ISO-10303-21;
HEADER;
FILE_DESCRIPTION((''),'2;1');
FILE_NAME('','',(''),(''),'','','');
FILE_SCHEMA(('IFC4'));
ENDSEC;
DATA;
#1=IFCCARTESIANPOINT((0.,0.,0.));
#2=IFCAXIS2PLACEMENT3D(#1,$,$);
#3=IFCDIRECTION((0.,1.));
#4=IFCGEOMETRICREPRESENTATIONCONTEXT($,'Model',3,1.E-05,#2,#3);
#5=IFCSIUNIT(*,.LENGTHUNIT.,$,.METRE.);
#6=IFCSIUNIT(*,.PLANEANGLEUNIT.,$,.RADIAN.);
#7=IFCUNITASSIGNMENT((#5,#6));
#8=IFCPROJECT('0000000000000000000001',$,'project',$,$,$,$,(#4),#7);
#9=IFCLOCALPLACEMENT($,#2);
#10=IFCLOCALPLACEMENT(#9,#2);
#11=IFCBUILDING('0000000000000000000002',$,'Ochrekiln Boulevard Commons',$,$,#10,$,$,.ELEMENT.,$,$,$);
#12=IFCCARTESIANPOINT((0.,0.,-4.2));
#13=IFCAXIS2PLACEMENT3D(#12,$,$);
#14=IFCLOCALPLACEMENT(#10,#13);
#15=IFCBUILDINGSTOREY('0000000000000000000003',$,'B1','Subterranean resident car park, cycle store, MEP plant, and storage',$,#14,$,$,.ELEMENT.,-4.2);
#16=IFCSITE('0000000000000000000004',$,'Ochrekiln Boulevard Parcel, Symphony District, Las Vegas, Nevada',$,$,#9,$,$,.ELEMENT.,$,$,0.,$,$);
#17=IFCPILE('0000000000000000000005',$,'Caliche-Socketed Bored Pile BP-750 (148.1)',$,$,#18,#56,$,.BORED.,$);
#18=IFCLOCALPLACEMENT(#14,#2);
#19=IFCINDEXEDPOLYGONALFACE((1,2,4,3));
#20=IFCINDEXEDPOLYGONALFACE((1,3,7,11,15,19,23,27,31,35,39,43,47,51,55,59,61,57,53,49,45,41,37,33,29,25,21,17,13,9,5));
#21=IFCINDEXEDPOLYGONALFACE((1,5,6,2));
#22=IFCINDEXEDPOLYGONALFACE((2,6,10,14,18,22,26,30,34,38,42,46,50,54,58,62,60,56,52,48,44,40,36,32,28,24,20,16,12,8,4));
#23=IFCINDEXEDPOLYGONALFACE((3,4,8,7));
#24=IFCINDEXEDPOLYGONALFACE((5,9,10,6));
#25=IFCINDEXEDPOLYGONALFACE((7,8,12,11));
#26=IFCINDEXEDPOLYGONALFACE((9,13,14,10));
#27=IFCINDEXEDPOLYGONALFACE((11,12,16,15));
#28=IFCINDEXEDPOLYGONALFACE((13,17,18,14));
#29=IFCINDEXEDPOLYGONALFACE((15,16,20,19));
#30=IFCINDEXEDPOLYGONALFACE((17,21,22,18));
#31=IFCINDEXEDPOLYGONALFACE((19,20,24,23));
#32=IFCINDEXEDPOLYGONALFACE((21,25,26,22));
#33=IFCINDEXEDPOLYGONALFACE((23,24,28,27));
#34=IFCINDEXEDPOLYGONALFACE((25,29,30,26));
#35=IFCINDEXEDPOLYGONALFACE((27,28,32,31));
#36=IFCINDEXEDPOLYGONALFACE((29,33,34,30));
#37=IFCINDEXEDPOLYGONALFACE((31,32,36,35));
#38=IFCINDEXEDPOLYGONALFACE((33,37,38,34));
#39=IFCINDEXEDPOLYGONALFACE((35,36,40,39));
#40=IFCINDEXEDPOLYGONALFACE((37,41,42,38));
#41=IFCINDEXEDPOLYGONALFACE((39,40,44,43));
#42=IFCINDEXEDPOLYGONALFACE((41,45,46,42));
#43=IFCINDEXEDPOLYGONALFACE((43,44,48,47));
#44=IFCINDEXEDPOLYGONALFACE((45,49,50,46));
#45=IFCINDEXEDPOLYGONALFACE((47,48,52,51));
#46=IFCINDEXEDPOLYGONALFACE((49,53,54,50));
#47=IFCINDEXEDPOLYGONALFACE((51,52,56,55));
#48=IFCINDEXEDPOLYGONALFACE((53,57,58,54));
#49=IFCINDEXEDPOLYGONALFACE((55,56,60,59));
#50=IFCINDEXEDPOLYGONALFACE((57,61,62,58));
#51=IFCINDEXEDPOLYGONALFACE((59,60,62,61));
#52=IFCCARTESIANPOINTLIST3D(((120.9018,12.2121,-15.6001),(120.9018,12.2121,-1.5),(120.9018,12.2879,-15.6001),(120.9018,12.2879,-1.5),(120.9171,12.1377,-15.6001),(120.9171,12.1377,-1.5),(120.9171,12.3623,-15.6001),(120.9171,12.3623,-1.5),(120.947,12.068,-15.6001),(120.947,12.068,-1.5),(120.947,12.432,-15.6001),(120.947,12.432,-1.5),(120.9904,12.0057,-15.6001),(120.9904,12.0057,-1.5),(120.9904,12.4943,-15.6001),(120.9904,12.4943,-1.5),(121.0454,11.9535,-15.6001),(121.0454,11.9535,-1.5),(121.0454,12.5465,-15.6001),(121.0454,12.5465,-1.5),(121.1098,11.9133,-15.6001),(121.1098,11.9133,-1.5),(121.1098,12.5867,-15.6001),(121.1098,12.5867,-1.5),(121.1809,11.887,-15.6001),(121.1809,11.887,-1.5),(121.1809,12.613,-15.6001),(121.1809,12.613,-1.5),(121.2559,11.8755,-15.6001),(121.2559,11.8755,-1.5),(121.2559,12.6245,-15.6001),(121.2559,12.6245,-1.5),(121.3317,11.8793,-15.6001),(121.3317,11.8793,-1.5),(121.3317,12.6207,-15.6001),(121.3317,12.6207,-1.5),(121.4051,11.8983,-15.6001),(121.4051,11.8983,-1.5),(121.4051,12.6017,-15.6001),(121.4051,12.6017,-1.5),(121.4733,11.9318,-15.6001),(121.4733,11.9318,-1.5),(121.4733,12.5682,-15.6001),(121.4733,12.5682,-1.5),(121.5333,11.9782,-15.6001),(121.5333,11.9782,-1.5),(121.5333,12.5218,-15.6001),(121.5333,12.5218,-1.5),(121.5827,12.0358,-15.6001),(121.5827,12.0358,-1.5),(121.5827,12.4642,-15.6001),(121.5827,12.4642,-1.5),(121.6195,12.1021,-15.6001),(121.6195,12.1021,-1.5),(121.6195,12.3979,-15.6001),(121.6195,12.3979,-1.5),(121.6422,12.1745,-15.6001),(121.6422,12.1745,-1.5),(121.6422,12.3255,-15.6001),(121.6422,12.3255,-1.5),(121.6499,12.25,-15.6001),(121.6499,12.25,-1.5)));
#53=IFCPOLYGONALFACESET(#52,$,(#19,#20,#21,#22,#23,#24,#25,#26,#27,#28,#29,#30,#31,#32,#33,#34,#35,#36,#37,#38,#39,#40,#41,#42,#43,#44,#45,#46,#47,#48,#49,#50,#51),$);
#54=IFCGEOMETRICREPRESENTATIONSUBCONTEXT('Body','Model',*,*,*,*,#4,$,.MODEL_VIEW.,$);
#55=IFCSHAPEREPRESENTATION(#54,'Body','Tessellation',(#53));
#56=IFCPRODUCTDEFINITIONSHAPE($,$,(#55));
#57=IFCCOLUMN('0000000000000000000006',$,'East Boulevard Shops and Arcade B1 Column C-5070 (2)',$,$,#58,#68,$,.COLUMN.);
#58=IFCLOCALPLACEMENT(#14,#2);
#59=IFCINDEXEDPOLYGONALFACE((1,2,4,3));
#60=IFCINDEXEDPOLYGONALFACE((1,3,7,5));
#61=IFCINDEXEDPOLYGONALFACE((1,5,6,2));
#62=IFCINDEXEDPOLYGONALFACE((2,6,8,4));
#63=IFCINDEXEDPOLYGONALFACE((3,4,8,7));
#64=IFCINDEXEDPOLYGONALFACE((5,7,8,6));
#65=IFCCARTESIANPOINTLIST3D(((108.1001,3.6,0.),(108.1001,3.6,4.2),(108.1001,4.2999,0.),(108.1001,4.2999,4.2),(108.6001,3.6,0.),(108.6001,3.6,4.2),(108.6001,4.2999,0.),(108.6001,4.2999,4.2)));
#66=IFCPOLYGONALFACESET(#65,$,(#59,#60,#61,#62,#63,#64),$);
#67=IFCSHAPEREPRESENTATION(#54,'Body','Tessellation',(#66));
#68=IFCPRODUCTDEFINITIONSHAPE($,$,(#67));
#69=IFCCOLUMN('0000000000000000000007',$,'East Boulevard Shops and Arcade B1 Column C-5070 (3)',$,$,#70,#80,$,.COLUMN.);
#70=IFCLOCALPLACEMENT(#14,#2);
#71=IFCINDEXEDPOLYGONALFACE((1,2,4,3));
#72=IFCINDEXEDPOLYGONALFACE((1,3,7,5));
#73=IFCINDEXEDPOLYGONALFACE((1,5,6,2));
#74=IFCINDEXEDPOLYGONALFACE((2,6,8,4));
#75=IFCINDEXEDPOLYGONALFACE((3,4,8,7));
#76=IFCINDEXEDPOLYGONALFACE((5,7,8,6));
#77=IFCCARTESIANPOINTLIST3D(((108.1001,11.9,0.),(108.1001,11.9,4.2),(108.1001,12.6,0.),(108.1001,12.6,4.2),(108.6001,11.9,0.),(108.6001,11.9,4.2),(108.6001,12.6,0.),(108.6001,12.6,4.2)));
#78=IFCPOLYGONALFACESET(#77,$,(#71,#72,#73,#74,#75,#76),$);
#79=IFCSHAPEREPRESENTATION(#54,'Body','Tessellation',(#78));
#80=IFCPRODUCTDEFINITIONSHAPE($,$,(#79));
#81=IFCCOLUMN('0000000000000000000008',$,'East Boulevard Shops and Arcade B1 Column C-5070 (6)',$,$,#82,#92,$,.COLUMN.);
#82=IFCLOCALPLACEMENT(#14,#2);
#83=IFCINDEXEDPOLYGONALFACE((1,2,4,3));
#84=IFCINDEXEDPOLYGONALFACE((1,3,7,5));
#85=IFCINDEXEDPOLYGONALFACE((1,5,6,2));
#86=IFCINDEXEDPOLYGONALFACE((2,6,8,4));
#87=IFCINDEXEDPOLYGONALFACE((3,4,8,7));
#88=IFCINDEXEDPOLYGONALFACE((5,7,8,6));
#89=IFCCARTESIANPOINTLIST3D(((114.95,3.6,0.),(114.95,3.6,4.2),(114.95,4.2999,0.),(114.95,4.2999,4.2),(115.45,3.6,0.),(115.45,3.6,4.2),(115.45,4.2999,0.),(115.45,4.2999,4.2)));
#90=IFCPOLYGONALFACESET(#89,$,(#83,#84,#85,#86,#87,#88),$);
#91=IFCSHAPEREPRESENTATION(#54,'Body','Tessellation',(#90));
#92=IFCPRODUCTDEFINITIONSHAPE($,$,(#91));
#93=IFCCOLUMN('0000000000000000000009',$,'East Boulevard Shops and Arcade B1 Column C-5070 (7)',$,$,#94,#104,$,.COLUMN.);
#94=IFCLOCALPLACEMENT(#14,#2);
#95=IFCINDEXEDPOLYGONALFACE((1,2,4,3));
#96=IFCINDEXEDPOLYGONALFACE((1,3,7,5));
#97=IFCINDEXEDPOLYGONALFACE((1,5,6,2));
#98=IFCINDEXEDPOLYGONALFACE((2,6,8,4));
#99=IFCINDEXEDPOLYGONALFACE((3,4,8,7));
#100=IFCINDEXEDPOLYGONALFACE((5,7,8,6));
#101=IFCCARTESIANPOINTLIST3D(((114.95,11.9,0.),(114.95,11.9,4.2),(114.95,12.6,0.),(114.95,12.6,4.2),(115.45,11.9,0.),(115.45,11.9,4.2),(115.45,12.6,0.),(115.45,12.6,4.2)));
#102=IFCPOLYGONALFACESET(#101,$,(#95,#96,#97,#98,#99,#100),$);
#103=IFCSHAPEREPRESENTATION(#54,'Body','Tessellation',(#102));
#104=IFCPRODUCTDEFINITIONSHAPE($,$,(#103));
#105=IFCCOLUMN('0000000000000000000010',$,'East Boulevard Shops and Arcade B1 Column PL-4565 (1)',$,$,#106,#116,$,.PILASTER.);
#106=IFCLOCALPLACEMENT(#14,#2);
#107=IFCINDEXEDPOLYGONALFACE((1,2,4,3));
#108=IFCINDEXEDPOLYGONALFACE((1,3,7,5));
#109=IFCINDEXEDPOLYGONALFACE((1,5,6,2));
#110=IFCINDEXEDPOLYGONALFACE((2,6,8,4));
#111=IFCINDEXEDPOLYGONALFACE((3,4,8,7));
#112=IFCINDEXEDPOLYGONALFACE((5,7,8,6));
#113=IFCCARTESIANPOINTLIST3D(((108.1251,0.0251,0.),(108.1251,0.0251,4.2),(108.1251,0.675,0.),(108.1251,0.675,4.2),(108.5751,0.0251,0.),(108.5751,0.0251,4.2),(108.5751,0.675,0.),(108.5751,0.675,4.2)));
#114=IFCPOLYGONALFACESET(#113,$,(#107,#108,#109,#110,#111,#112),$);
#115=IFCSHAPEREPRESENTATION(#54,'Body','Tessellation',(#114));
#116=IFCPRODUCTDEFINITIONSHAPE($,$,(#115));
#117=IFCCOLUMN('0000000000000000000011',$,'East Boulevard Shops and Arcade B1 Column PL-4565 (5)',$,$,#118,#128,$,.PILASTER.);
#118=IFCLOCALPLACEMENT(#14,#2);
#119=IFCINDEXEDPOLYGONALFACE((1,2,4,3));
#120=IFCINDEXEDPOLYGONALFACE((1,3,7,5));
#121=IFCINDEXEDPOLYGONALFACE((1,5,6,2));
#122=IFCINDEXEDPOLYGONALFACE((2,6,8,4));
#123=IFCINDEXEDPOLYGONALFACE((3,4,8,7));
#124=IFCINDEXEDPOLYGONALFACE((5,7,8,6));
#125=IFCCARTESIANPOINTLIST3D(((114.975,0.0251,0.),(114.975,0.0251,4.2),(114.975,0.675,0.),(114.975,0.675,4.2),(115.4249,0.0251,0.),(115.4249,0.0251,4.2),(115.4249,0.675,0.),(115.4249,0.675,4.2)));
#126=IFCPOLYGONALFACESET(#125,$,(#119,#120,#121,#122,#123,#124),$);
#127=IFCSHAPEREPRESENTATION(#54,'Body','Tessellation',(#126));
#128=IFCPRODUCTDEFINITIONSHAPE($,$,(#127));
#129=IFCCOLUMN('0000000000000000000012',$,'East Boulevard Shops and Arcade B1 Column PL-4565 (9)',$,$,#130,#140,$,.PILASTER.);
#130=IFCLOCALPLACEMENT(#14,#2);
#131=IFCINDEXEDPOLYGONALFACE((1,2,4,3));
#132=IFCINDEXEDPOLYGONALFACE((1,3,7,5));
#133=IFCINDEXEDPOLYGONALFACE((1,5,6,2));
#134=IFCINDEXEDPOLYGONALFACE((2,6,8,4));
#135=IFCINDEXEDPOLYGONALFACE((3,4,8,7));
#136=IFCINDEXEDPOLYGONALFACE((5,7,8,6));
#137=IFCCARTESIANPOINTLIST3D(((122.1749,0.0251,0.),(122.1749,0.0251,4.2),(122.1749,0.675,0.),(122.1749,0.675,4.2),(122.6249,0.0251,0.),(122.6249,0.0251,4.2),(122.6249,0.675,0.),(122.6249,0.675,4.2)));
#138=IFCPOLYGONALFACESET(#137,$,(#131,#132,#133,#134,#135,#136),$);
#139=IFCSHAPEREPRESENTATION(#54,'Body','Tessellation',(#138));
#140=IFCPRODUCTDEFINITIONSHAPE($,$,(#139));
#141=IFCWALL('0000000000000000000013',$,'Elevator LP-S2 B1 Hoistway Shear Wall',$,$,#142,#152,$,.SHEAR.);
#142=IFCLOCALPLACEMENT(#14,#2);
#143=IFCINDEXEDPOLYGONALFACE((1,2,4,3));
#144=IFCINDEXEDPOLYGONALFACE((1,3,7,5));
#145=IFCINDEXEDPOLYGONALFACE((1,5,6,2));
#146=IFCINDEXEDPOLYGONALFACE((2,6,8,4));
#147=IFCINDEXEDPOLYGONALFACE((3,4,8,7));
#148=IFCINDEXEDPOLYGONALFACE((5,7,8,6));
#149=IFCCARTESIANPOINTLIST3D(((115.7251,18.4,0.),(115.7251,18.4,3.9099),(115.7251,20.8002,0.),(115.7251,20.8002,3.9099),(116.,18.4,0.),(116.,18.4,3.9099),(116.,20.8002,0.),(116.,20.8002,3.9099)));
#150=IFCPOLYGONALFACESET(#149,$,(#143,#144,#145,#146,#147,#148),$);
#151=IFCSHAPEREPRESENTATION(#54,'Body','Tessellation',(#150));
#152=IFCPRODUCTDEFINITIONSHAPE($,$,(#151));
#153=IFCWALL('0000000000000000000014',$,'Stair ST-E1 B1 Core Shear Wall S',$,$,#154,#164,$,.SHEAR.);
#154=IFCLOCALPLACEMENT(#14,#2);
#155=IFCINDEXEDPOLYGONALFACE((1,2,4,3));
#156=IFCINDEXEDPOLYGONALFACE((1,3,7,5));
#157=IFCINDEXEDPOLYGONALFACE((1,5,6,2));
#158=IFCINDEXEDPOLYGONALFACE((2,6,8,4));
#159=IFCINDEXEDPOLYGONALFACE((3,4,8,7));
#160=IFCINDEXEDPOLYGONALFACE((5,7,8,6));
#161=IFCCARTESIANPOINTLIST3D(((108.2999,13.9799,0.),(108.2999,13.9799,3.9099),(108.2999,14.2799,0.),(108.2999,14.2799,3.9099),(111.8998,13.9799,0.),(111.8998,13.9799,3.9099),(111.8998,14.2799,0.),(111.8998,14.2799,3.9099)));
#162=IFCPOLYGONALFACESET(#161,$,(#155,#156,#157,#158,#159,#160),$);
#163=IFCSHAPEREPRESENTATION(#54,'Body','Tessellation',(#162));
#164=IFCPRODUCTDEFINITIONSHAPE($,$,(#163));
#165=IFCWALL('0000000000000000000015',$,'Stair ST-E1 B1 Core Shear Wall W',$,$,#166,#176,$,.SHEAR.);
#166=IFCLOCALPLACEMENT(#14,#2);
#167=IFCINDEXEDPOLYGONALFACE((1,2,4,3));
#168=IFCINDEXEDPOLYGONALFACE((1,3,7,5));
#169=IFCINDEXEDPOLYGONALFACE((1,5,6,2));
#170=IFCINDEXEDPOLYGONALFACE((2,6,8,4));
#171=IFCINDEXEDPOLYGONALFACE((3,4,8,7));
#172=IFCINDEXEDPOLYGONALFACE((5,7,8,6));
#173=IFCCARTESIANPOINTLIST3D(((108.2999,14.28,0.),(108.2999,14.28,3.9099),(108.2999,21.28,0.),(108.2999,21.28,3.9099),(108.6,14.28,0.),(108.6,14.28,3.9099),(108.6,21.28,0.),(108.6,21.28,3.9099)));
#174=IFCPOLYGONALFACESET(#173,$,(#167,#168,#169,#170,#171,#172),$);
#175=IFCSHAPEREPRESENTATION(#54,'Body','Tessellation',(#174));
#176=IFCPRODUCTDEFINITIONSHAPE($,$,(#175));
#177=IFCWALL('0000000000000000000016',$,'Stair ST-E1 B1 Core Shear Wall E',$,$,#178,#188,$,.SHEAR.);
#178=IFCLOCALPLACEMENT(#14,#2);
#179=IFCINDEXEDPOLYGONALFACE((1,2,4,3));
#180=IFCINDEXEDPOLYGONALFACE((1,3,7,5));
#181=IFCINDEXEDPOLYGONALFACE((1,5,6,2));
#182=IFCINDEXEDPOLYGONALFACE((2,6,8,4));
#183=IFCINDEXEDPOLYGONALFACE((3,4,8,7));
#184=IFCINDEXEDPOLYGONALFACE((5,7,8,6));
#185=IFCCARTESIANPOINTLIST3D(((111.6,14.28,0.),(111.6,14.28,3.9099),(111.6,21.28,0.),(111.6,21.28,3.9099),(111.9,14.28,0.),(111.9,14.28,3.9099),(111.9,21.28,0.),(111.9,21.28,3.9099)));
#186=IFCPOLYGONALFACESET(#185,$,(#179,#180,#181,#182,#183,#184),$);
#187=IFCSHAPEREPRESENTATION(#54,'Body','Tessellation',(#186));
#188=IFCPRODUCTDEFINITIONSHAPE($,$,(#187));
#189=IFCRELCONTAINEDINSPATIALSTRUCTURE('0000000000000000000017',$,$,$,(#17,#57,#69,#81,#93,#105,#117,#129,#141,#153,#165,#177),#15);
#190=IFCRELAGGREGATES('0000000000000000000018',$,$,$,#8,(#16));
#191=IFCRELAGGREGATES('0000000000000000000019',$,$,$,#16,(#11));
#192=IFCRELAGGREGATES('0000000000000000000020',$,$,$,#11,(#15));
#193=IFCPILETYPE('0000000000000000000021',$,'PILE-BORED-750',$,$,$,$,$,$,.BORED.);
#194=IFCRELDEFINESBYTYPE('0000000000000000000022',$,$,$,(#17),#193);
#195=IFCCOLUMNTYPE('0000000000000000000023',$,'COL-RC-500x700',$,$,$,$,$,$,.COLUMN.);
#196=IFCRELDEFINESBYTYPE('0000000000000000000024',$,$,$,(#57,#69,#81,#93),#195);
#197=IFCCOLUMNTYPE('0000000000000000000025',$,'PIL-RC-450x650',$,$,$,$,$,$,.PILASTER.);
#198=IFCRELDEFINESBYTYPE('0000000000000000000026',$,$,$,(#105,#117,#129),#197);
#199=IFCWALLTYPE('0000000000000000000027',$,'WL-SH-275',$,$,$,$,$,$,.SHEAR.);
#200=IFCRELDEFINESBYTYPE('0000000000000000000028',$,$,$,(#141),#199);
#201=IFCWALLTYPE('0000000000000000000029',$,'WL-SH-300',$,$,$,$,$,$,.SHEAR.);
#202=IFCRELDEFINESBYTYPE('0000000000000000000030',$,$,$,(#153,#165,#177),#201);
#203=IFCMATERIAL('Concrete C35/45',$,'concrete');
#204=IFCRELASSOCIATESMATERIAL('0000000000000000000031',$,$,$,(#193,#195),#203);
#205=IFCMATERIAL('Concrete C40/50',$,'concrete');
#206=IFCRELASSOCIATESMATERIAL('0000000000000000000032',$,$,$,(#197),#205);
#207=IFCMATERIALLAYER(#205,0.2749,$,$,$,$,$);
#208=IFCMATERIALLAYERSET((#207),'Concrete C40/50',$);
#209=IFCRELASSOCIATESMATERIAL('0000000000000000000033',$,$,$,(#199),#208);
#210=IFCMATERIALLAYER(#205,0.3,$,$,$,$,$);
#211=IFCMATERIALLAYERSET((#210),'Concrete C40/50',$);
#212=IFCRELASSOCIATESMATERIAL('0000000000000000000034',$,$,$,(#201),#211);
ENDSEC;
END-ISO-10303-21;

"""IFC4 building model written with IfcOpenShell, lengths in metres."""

from ifc_helpers import new_model, si_unit, direction, frame, frame_2d, origin, origin_2d, place, context, subcontext, project, spatial, rectangle, circle, extrude, material, layer, layer_set, material_profile, profile_set, type_object, element, save


model = new_model("IFC4")

# Units and contexts
model_context = context("Model", 3, precision=1e-05, world=origin(), true_north=direction((0.0, 1.0)))
body_context = subcontext(model_context, "Body", "Model", "MODEL_VIEW")
ifc_project = project(units=[si_unit("LENGTHUNIT", "METRE"), si_unit("PLANEANGLEUNIT", "RADIAN")], contexts=[model_context])

# Site, building, storey
site_placement = place(None, origin())
site = spatial("IfcSite", under=ifc_project, at=site_placement, Name="Ochrekiln Boulevard Parcel, Symphony District, Las Vegas, Nevada", CompositionType="ELEMENT", RefElevation=0.0)
building_placement = place(site_placement, origin())
building = spatial("IfcBuilding", under=site, at=building_placement, Name="Ochrekiln Boulevard Commons", CompositionType="ELEMENT")
storey_placement = place(building_placement, frame((0.0, 0.0, -4.2)))
storey = spatial("IfcBuildingStorey", under=building, at=storey_placement, Name="B1", Description="Subterranean resident car park, cycle store, MEP plant, and storage", CompositionType="ELEMENT", Elevation=-4.2)

# Shared definitions
ifc_material_1 = material(Name="Concrete C35/45", Category="concrete")

# Pile
ifc_material_profile_1 = material_profile(ifc_material_1, circle(Radius=0.375, at=origin_2d()), Name="PILE-D750")
ifc_profile_set_1 = profile_set([ifc_material_profile_1], Name="Concrete C35/45")
pile_type = type_object("IfcPileType", Name="PILE-BORED-750", PredefinedType="BORED", material=ifc_profile_set_1)
pile_1_placement = place(storey_placement, frame((121.2749, 12.25, -1.5), z_axis=(0.0, 0.0, -1.0), x_axis=(1.0, 0.0, 0.0)))
element("IfcPile", 1, at=pile_1_placement, inside=storey, type_object=pile_type, Name="Caliche-Socketed Bored Pile BP-750 (148.1)", PredefinedType="BORED", context=body_context, shape_type="SweptSolid", body=[
    extrude(circle(Radius=0.375, at=origin_2d()), origin(), (0.0, 0.0, 1.0), 14.1001),
])

# Columns
ifc_material_profile_2 = material_profile(ifc_material_1, rectangle(XDim=0.5, YDim=0.7, at=origin_2d()), Name="RC-COL-500x700")
ifc_profile_set_2 = profile_set([ifc_material_profile_2], Name="Concrete C35/45")
column_type_1 = type_object("IfcColumnType", Name="COL-RC-500x700", PredefinedType="COLUMN", material=ifc_profile_set_2)
for number, where, z_axis, x_axis, name in (
    (2, (108.3501, 3.95, 0.0), (0.0, 0.0, 1.0), (1.0, 0.0, 0.0), "East Boulevard Shops and Arcade B1 Column C-5070 (2)"),
    (3, (108.3501, 12.25, 0.0), (0.0, 0.0, 1.0), (1.0, 0.0, 0.0), "East Boulevard Shops and Arcade B1 Column C-5070 (3)"),
    (4, (115.2, 3.95, 0.0), (0.0, 0.0, 1.0), (1.0, 0.0, 0.0), "East Boulevard Shops and Arcade B1 Column C-5070 (6)"),
    (5, (115.2, 12.25, 0.0), (0.0, 0.0, 1.0), (1.0, 0.0, 0.0), "East Boulevard Shops and Arcade B1 Column C-5070 (7)"),
):
    element("IfcColumn", number, at=place(storey_placement, frame(where, z_axis=z_axis, x_axis=x_axis)), inside=storey, type_object=column_type_1, Name=name, PredefinedType="COLUMN", context=body_context, shape_type="SweptSolid", body=[
        extrude(rectangle(XDim=0.5, YDim=0.7, at=origin_2d()), origin(), (0.0, 0.0, 1.0), 4.2),
    ])
ifc_material_2 = material(Name="Concrete C40/50", Category="concrete")
ifc_material_profile_3 = material_profile(ifc_material_2, rectangle(XDim=0.45, YDim=0.6499, at=origin_2d()), Name="RC-PIL-450x650")
ifc_profile_set_3 = profile_set([ifc_material_profile_3], Name="Concrete C40/50")
column_type_2 = type_object("IfcColumnType", Name="PIL-RC-450x650", PredefinedType="PILASTER", material=ifc_profile_set_3)
for number, where, z_axis, x_axis, name in (
    (6, (108.3501, 0.3501, 0.0), (0.0, 0.0, 1.0), (1.0, 0.0, 0.0), "East Boulevard Shops and Arcade B1 Column PL-4565 (1)"),
    (7, (115.2, 0.3501, 0.0), (0.0, 0.0, 1.0), (1.0, 0.0, 0.0), "East Boulevard Shops and Arcade B1 Column PL-4565 (5)"),
    (8, (122.3999, 0.3501, 0.0), (0.0, 0.0, 1.0), (1.0, 0.0, 0.0), "East Boulevard Shops and Arcade B1 Column PL-4565 (9)"),
):
    element("IfcColumn", number, at=place(storey_placement, frame(where, z_axis=z_axis, x_axis=x_axis)), inside=storey, type_object=column_type_2, Name=name, PredefinedType="PILASTER", context=body_context, shape_type="SweptSolid", body=[
        extrude(rectangle(XDim=0.45, YDim=0.6499, at=origin_2d()), origin(), (0.0, 0.0, 1.0), 4.2),
    ])

# Shared definitions
ifc_layer_1 = layer(ifc_material_2, 0.2749)
ifc_layer_set_1 = layer_set([ifc_layer_1], Name="Concrete C40/50")
wall_type_1 = type_object("IfcWallType", Name="WL-SH-275", PredefinedType="SHEAR", material=ifc_layer_set_1)

# Walls
wall_1_placement = place(storey_placement, frame((115.8625, 18.3999, 0.0), z_axis=(0.0, 0.0, 1.0), x_axis=(0.0, 1.0, 0.0)))
element("IfcWall", 9, at=wall_1_placement, inside=storey, type_object=wall_type_1, Name="Elevator LP-S2 B1 Hoistway Shear Wall", PredefinedType="SHEAR", context=body_context, shape_type="SweptSolid", body=[
    extrude(rectangle(XDim=2.4001, YDim=0.2749, at=frame_2d((1.2002, 0.0))), origin(), (0.0, 0.0, 1.0), 3.9099),
])
ifc_layer_2 = layer(ifc_material_2, 0.3)
ifc_layer_set_2 = layer_set([ifc_layer_2], Name="Concrete C40/50")
wall_type_2 = type_object("IfcWallType", Name="WL-SH-300", PredefinedType="SHEAR", material=ifc_layer_set_2)
wall_2_placement = place(storey_placement, frame((108.3, 14.1299, 0.0), z_axis=(0.0, 0.0, 1.0), x_axis=(1.0, 0.0, 0.0)))
element("IfcWall", 10, at=wall_2_placement, inside=storey, type_object=wall_type_2, Name="Stair ST-E1 B1 Core Shear Wall S", PredefinedType="SHEAR", context=body_context, shape_type="SweptSolid", body=[
    extrude(rectangle(XDim=3.5999, YDim=0.3, at=frame_2d((1.7998, 0.0))), origin(), (0.0, 0.0, 1.0), 3.9099),
])
for number, where, z_axis, x_axis, name in (
    (11, (108.45, 14.28, 0.0), (0.0, 0.0, 1.0), (0.0, 1.0, 0.0), "Stair ST-E1 B1 Core Shear Wall W"),
    (12, (111.75, 14.28, 0.0), (0.0, 0.0, 1.0), (0.0, 1.0, 0.0), "Stair ST-E1 B1 Core Shear Wall E"),
):
    element("IfcWall", number, at=place(storey_placement, frame(where, z_axis=z_axis, x_axis=x_axis)), inside=storey, type_object=wall_type_2, Name=name, PredefinedType="SHEAR", context=body_context, shape_type="SweptSolid", body=[
        extrude(rectangle(XDim=7.0, YDim=0.3, at=frame_2d((3.5, 0.0))), origin(), (0.0, 0.0, 1.0), 3.9099),
    ])

save(model, "model.ifc")
